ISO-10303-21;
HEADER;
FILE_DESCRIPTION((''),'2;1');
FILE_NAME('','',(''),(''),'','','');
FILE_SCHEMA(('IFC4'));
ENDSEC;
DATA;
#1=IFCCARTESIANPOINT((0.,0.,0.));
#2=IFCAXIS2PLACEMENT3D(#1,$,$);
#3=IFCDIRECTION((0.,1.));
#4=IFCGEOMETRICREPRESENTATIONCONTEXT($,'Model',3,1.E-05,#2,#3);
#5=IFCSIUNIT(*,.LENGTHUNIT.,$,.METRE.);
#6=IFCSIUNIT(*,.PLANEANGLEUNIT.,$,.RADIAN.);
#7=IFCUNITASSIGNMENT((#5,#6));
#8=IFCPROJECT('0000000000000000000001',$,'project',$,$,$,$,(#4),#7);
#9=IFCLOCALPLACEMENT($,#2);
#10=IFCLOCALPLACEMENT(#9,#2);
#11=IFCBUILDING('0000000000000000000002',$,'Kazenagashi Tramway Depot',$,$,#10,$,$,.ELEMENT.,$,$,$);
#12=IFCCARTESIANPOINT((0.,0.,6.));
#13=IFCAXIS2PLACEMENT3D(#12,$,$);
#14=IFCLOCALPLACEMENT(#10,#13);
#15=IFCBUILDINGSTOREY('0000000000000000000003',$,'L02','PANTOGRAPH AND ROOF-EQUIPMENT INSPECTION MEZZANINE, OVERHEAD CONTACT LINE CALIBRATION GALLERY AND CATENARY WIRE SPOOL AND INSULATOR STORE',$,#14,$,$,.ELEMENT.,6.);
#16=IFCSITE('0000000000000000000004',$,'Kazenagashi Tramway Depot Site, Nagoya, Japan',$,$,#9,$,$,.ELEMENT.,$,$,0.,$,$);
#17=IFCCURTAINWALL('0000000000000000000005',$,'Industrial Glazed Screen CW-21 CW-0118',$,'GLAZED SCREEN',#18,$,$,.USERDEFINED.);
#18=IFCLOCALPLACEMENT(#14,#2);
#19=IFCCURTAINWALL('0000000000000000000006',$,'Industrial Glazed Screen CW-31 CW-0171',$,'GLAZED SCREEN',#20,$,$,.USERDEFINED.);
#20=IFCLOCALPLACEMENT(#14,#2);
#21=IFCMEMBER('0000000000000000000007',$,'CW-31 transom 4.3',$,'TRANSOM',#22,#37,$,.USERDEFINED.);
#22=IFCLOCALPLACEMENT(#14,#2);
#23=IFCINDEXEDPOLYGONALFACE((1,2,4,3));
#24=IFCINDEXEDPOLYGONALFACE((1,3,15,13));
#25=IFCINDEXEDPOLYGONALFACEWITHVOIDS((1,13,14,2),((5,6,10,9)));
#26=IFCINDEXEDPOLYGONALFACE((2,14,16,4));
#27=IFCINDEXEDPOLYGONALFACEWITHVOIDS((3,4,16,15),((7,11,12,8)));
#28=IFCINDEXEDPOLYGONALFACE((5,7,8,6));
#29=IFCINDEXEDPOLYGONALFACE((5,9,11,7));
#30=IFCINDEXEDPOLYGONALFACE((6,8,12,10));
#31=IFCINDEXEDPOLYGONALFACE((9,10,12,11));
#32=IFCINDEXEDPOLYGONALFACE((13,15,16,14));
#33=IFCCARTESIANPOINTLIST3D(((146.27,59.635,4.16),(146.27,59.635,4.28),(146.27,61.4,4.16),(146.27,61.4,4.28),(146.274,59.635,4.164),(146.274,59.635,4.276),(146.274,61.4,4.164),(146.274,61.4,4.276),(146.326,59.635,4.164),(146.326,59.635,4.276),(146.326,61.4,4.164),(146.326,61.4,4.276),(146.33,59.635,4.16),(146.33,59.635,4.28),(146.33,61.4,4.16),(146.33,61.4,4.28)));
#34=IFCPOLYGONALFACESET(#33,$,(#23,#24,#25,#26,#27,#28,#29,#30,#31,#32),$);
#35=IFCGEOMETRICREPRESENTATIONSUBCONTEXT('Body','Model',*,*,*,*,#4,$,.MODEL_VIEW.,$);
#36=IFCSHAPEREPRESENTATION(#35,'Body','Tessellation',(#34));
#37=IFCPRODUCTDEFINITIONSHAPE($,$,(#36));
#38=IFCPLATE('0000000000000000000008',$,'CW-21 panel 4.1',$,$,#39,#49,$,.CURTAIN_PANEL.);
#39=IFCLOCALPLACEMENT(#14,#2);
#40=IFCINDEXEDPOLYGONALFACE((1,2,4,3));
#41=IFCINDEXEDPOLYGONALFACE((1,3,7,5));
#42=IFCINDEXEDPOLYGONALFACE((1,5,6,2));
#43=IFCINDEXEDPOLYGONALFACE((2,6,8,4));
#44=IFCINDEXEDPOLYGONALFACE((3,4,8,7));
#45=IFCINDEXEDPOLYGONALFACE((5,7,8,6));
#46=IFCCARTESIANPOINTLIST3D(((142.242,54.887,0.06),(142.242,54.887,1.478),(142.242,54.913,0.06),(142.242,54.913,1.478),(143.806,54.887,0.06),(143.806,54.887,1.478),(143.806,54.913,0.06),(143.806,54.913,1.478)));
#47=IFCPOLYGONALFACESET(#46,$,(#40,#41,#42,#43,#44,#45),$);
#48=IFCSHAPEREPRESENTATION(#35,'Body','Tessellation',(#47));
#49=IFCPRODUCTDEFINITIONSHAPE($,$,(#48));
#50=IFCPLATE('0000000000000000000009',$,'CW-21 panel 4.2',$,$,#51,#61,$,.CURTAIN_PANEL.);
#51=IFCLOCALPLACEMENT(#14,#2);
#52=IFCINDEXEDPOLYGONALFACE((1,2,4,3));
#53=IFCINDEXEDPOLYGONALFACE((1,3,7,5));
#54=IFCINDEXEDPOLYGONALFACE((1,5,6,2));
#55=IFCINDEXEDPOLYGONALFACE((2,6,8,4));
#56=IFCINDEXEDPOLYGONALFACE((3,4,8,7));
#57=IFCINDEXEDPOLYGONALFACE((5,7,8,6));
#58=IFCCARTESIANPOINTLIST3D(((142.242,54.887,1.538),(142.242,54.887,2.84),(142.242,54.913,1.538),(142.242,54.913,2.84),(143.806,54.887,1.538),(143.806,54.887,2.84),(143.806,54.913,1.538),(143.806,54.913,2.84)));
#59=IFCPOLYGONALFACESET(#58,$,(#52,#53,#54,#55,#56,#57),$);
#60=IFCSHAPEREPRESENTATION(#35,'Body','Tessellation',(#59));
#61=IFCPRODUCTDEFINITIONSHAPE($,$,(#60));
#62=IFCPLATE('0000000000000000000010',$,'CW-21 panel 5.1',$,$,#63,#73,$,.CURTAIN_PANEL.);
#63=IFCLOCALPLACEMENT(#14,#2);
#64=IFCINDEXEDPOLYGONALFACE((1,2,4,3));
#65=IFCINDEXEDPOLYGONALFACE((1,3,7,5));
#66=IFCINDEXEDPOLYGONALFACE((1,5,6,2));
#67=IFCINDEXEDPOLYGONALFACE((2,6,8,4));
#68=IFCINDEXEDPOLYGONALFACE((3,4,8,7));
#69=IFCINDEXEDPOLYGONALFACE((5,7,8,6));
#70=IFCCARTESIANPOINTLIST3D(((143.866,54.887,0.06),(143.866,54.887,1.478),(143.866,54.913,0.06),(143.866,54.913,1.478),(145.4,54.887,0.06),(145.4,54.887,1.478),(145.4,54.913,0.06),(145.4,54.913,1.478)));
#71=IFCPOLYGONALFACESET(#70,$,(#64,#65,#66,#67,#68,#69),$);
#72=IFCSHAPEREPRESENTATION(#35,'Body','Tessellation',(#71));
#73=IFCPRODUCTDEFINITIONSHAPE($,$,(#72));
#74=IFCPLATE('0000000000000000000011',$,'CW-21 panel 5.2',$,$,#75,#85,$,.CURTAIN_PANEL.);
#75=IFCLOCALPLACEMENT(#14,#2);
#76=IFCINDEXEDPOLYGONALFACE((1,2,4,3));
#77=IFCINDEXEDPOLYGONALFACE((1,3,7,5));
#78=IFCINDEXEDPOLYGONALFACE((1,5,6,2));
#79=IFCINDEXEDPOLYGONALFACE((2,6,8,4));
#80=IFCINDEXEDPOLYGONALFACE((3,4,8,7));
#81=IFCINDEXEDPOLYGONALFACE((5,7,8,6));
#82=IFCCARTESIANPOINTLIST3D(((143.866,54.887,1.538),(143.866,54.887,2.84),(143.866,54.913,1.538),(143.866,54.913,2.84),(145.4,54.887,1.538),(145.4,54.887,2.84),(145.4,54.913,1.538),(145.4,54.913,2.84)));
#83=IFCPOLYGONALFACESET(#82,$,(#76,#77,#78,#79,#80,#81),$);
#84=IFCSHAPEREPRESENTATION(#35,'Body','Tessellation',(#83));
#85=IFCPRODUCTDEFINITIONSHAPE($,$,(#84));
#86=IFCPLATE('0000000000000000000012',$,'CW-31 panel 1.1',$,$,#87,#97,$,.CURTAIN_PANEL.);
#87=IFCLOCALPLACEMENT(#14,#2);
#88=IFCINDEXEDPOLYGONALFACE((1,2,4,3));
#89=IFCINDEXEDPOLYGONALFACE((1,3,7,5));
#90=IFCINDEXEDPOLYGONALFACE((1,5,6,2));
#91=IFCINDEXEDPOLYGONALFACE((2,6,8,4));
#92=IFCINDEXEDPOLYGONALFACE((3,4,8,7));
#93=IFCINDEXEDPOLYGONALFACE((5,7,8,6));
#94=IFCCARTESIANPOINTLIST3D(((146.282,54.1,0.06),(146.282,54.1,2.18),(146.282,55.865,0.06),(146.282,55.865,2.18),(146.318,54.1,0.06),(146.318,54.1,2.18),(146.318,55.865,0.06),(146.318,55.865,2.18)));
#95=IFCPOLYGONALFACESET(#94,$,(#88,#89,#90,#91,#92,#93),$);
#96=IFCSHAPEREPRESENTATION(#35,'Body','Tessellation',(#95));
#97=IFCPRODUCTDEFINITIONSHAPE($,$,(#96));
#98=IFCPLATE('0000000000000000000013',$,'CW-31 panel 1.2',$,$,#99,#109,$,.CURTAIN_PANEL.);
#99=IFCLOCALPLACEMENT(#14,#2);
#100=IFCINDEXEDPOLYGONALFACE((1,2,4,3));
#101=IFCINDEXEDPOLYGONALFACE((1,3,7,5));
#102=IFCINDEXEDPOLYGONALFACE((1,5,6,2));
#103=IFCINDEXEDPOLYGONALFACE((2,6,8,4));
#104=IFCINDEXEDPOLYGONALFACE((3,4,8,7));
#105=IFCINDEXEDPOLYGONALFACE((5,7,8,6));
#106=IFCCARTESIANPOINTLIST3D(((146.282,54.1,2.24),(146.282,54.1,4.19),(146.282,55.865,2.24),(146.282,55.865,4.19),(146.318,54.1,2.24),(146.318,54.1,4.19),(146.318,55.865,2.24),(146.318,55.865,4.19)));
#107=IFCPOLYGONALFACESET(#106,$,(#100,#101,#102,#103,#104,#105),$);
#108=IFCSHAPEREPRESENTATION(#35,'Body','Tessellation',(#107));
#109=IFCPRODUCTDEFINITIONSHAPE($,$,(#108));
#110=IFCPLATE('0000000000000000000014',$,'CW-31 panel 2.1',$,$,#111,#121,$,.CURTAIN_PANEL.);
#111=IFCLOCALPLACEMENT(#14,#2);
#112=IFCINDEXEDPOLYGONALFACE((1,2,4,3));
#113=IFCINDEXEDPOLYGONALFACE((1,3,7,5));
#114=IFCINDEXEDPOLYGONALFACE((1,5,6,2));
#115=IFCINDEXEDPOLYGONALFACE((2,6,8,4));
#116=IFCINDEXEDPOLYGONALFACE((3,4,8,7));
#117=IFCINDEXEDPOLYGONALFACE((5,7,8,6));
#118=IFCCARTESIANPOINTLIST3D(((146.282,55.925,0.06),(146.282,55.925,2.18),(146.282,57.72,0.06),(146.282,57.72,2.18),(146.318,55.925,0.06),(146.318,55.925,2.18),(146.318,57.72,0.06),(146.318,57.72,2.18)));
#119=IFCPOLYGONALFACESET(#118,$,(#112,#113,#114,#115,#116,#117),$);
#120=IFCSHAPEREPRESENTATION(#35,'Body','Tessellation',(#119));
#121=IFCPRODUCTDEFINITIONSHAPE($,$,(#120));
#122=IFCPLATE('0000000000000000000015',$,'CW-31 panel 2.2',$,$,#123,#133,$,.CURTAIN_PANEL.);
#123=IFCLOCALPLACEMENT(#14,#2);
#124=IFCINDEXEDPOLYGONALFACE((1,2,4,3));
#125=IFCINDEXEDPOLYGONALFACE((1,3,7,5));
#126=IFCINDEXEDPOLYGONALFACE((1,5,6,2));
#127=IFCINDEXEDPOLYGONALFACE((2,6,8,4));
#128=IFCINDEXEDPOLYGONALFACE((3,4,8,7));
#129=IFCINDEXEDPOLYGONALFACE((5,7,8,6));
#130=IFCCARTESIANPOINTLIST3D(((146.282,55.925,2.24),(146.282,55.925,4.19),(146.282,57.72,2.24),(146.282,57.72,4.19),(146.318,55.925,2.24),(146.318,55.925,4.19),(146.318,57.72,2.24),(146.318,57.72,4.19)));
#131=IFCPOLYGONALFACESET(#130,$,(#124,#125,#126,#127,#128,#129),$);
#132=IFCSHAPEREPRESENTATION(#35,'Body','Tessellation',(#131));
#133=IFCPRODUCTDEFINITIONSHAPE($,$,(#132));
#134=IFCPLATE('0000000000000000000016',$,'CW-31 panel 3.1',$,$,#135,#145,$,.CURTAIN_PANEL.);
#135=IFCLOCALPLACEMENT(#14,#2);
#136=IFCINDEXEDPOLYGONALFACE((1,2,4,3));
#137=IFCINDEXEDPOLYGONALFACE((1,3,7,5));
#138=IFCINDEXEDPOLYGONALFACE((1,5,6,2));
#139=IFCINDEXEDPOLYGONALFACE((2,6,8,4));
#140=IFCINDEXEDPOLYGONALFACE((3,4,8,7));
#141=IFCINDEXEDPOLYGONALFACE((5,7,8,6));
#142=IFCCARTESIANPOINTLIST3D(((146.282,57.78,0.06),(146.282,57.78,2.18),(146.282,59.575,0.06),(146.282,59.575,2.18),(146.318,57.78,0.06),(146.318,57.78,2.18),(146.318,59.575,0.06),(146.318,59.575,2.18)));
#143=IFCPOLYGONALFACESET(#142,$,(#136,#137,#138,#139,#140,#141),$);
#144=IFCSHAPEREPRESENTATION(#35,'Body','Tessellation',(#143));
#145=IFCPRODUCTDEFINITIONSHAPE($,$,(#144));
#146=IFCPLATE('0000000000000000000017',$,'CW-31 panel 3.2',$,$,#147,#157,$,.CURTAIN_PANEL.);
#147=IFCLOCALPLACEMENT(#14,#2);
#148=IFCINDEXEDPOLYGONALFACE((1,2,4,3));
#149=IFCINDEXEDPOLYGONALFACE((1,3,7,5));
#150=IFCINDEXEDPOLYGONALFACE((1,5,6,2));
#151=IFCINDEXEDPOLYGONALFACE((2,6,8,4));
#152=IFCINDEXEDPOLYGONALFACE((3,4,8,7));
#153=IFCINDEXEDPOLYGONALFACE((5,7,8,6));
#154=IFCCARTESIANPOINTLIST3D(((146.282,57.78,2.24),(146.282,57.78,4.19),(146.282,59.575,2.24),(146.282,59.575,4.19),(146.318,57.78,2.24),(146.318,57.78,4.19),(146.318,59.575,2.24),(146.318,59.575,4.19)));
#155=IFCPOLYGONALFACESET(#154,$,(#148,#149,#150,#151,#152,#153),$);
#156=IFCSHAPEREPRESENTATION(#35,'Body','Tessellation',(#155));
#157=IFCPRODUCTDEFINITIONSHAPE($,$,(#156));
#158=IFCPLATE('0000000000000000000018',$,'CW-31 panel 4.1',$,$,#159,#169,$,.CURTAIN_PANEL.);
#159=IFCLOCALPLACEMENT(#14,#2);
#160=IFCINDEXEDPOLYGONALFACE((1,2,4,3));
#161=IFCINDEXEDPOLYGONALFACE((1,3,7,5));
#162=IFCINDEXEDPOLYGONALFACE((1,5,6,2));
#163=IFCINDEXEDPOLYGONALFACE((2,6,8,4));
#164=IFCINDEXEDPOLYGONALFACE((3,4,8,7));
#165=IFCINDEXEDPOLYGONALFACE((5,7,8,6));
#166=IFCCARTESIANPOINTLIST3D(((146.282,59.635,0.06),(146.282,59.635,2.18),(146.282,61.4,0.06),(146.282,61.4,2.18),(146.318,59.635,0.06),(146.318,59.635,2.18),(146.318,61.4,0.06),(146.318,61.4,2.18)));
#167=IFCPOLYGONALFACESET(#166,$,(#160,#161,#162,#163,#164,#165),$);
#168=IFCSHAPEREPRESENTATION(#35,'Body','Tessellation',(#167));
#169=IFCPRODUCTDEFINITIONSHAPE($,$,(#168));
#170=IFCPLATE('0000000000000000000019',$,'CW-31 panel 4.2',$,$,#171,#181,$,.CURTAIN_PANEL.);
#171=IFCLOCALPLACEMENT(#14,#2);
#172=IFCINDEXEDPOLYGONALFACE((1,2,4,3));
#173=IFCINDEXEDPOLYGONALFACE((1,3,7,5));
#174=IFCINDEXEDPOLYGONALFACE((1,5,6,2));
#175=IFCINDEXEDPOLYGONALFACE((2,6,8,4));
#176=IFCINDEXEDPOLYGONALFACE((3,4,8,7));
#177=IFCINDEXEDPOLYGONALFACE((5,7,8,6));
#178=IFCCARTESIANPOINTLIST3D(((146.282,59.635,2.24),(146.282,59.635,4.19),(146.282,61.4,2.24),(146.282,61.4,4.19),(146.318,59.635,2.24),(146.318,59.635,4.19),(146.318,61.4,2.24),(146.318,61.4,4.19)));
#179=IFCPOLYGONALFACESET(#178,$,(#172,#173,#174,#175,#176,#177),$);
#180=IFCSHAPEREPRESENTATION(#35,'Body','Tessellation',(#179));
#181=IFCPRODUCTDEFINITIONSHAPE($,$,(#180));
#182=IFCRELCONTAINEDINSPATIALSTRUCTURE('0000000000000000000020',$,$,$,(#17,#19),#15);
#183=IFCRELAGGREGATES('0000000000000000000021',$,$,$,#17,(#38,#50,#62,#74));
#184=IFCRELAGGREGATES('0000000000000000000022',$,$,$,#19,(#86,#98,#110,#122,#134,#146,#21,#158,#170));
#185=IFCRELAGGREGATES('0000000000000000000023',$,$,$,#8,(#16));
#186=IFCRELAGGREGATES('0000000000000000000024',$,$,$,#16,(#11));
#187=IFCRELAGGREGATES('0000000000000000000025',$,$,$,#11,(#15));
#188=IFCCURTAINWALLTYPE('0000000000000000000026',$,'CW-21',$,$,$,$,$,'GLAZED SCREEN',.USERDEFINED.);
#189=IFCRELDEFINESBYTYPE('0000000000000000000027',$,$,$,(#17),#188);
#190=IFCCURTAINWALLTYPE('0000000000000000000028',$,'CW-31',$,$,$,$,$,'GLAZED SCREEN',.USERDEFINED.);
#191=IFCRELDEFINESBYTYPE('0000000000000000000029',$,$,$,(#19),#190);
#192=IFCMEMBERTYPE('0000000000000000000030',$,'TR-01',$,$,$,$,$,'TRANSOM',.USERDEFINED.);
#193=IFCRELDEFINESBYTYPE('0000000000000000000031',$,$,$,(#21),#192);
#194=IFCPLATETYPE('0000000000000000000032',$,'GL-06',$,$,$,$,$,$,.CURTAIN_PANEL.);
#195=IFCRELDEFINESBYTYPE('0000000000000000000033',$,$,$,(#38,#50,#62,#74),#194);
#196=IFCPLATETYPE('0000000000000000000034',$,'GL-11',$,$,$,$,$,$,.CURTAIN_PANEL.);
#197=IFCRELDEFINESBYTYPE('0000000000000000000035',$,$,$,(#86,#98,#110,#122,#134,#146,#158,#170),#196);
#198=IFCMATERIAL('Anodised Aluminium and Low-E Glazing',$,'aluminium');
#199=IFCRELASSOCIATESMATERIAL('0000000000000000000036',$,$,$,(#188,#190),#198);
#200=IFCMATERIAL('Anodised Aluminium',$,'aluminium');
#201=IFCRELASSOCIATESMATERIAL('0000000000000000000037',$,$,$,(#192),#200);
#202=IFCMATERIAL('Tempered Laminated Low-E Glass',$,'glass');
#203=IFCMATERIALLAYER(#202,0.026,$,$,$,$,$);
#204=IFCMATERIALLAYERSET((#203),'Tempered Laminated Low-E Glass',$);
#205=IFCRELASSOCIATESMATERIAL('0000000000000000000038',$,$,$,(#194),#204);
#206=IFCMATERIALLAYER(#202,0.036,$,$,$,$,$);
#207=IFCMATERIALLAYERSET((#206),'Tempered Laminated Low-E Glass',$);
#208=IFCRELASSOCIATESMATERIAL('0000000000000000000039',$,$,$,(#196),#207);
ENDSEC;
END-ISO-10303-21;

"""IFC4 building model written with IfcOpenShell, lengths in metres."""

from ifc_helpers import new_model, si_unit, direction, frame, origin, origin_2d, place, context, subcontext, project, spatial, rectangle, hollow_rectangle, extrude, material, layer, layer_set, material_profile, profile_set, type_object, element, aggregate, save


model = new_model("IFC4")

# Units and contexts
model_context = context("Model", 3, precision=1e-05, world=origin(), true_north=direction((0.0, 1.0)))
body_context = subcontext(model_context, "Body", "Model", "MODEL_VIEW")
ifc_project = project(units=[si_unit("LENGTHUNIT", "METRE"), si_unit("PLANEANGLEUNIT", "RADIAN")], contexts=[model_context])

# Site, building, storey
site_placement = place(None, origin())
site = spatial("IfcSite", under=ifc_project, at=site_placement, Name="Kazenagashi Tramway Depot Site, Nagoya, Japan", CompositionType="ELEMENT", RefElevation=0.0)
building_placement = place(site_placement, origin())
building = spatial("IfcBuilding", under=site, at=building_placement, Name="Kazenagashi Tramway Depot", CompositionType="ELEMENT")
storey_placement = place(building_placement, frame((0.0, 0.0, 6.0)))
storey = spatial("IfcBuildingStorey", under=building, at=storey_placement, Name="L02", Description="PANTOGRAPH AND ROOF-EQUIPMENT INSPECTION MEZZANINE, OVERHEAD CONTACT LINE CALIBRATION GALLERY AND CATENARY WIRE SPOOL AND INSULATOR STORE", CompositionType="ELEMENT", Elevation=6.0)

# Curtain walls
ifc_material_1 = material(Name="Anodised Aluminium and Low-E Glazing", Category="aluminium")
curtain_wall_type_1 = type_object("IfcCurtainWallType", Name="CW-21", ElementType="GLAZED SCREEN", PredefinedType="USERDEFINED", material=ifc_material_1)
curtain_wall_1_placement = place(storey_placement, origin())
curtain_wall_1 = element("IfcCurtainWall", 1, at=curtain_wall_1_placement, inside=storey, type_object=curtain_wall_type_1, Name="Industrial Glazed Screen CW-21 CW-0118", ObjectType="GLAZED SCREEN", PredefinedType="USERDEFINED")
ifc_material_2 = material(Name="Anodised Aluminium", Category="aluminium")
curtain_wall_type_2 = type_object("IfcCurtainWallType", Name="CW-31", ElementType="GLAZED SCREEN", PredefinedType="USERDEFINED", material=ifc_material_1)
curtain_wall_2_placement = place(storey_placement, origin())
curtain_wall_2 = element("IfcCurtainWall", 2, at=curtain_wall_2_placement, inside=storey, type_object=curtain_wall_type_2, Name="Industrial Glazed Screen CW-31 CW-0171", ObjectType="GLAZED SCREEN", PredefinedType="USERDEFINED")

# Member
ifc_material_profile_1 = material_profile(ifc_material_2, hollow_rectangle(XDim=0.06, YDim=0.12, WallThickness=0.004, at=origin_2d()), Name="RHS-120x60x4")
ifc_profile_set_1 = profile_set([ifc_material_profile_1], Name="Anodised Aluminium")
member_type_1 = type_object("IfcMemberType", Name="TR-01", ElementType="TRANSOM", PredefinedType="USERDEFINED", material=ifc_profile_set_1)
member_1_placement = place(storey_placement, frame((146.3, 59.635, 4.22), z_axis=(0.0, 1.0, 0.0), x_axis=(-1.0, 0.0, 0.0)))
member_1 = element("IfcMember", 3, at=member_1_placement, type_object=member_type_1, Name="CW-31 transom 4.3", ObjectType="TRANSOM", PredefinedType="USERDEFINED", context=body_context, shape_type="SweptSolid", body=[
    extrude(hollow_rectangle(XDim=0.06, YDim=0.12, WallThickness=0.004, at=origin_2d()), origin(), (0.0, 0.0, 1.0), 1.765),
])

# Plates
ifc_material_3 = material(Name="Tempered Laminated Low-E Glass", Category="glass")
ifc_layer_1 = layer(ifc_material_3, 0.026)
ifc_layer_set_1 = layer_set([ifc_layer_1], Name="Tempered Laminated Low-E Glass")
plate_type_1 = type_object("IfcPlateType", Name="GL-06", PredefinedType="CURTAIN_PANEL", material=ifc_layer_set_1)
plate_1_placement = place(storey_placement, frame((143.024, 54.9, 0.06), z_axis=(0.0, 0.0, 1.0), x_axis=(1.0, 0.0, 0.0)))
plate_1 = element("IfcPlate", 4, at=plate_1_placement, type_object=plate_type_1, Name="CW-21 panel 4.1", PredefinedType="CURTAIN_PANEL", context=body_context, shape_type="SweptSolid", body=[
    extrude(rectangle(XDim=1.564, YDim=0.026, at=origin_2d()), origin(), (0.0, 0.0, 1.0), 1.418),
])
plate_2_placement = place(storey_placement, frame((143.024, 54.9, 1.538), z_axis=(0.0, 0.0, 1.0), x_axis=(1.0, 0.0, 0.0)))
plate_2 = element("IfcPlate", 5, at=plate_2_placement, type_object=plate_type_1, Name="CW-21 panel 4.2", PredefinedType="CURTAIN_PANEL", context=body_context, shape_type="SweptSolid", body=[
    extrude(rectangle(XDim=1.564, YDim=0.026, at=origin_2d()), origin(), (0.0, 0.0, 1.0), 1.302),
])
plate_3_placement = place(storey_placement, frame((144.633, 54.9, 0.06), z_axis=(0.0, 0.0, 1.0), x_axis=(1.0, 0.0, 0.0)))
plate_3 = element("IfcPlate", 6, at=plate_3_placement, type_object=plate_type_1, Name="CW-21 panel 5.1", PredefinedType="CURTAIN_PANEL", context=body_context, shape_type="SweptSolid", body=[
    extrude(rectangle(XDim=1.534, YDim=0.026, at=origin_2d()), origin(), (0.0, 0.0, 1.0), 1.418),
])
plate_4_placement = place(storey_placement, frame((144.633, 54.9, 1.538), z_axis=(0.0, 0.0, 1.0), x_axis=(1.0, 0.0, 0.0)))
plate_4 = element("IfcPlate", 7, at=plate_4_placement, type_object=plate_type_1, Name="CW-21 panel 5.2", PredefinedType="CURTAIN_PANEL", context=body_context, shape_type="SweptSolid", body=[
    extrude(rectangle(XDim=1.534, YDim=0.026, at=origin_2d()), origin(), (0.0, 0.0, 1.0), 1.302),
])
aggregate(curtain_wall_1, [plate_1, plate_2, plate_3, plate_4])
ifc_layer_2 = layer(ifc_material_3, 0.036)
ifc_layer_set_2 = layer_set([ifc_layer_2], Name="Tempered Laminated Low-E Glass")
plate_type_2 = type_object("IfcPlateType", Name="GL-11", PredefinedType="CURTAIN_PANEL", material=ifc_layer_set_2)
plate_5_placement = place(storey_placement, frame((146.3, 54.9825, 0.06), z_axis=(0.0, 0.0, 1.0), x_axis=(0.0, 1.0, 0.0)))
plate_5 = element("IfcPlate", 8, at=plate_5_placement, type_object=plate_type_2, Name="CW-31 panel 1.1", PredefinedType="CURTAIN_PANEL", context=body_context, shape_type="SweptSolid", body=[
    extrude(rectangle(XDim=1.765, YDim=0.036, at=origin_2d()), origin(), (0.0, 0.0, 1.0), 2.12),
])
plate_6_placement = place(storey_placement, frame((146.3, 54.9825, 2.24), z_axis=(0.0, 0.0, 1.0), x_axis=(0.0, 1.0, 0.0)))
plate_6 = element("IfcPlate", 9, at=plate_6_placement, type_object=plate_type_2, Name="CW-31 panel 1.2", PredefinedType="CURTAIN_PANEL", context=body_context, shape_type="SweptSolid", body=[
    extrude(rectangle(XDim=1.765, YDim=0.036, at=origin_2d()), origin(), (0.0, 0.0, 1.0), 1.95),
])
plate_7_placement = place(storey_placement, frame((146.3, 56.8225, 0.06), z_axis=(0.0, 0.0, 1.0), x_axis=(0.0, 1.0, 0.0)))
plate_7 = element("IfcPlate", 10, at=plate_7_placement, type_object=plate_type_2, Name="CW-31 panel 2.1", PredefinedType="CURTAIN_PANEL", context=body_context, shape_type="SweptSolid", body=[
    extrude(rectangle(XDim=1.795, YDim=0.036, at=origin_2d()), origin(), (0.0, 0.0, 1.0), 2.12),
])
plate_8_placement = place(storey_placement, frame((146.3, 56.8225, 2.24), z_axis=(0.0, 0.0, 1.0), x_axis=(0.0, 1.0, 0.0)))
plate_8 = element("IfcPlate", 11, at=plate_8_placement, type_object=plate_type_2, Name="CW-31 panel 2.2", PredefinedType="CURTAIN_PANEL", context=body_context, shape_type="SweptSolid", body=[
    extrude(rectangle(XDim=1.795, YDim=0.036, at=origin_2d()), origin(), (0.0, 0.0, 1.0), 1.95),
])
plate_9_placement = place(storey_placement, frame((146.3, 58.6775, 0.06), z_axis=(0.0, 0.0, 1.0), x_axis=(0.0, 1.0, 0.0)))
plate_9 = element("IfcPlate", 12, at=plate_9_placement, type_object=plate_type_2, Name="CW-31 panel 3.1", PredefinedType="CURTAIN_PANEL", context=body_context, shape_type="SweptSolid", body=[
    extrude(rectangle(XDim=1.795, YDim=0.036, at=origin_2d()), origin(), (0.0, 0.0, 1.0), 2.12),
])
plate_10_placement = place(storey_placement, frame((146.3, 58.6775, 2.24), z_axis=(0.0, 0.0, 1.0), x_axis=(0.0, 1.0, 0.0)))
plate_10 = element("IfcPlate", 13, at=plate_10_placement, type_object=plate_type_2, Name="CW-31 panel 3.2", PredefinedType="CURTAIN_PANEL", context=body_context, shape_type="SweptSolid", body=[
    extrude(rectangle(XDim=1.795, YDim=0.036, at=origin_2d()), origin(), (0.0, 0.0, 1.0), 1.95),
])
plate_11_placement = place(storey_placement, frame((146.3, 60.5175, 0.06), z_axis=(0.0, 0.0, 1.0), x_axis=(0.0, 1.0, 0.0)))
plate_11 = element("IfcPlate", 14, at=plate_11_placement, type_object=plate_type_2, Name="CW-31 panel 4.1", PredefinedType="CURTAIN_PANEL", context=body_context, shape_type="SweptSolid", body=[
    extrude(rectangle(XDim=1.765, YDim=0.036, at=origin_2d()), origin(), (0.0, 0.0, 1.0), 2.12),
])
plate_12_placement = place(storey_placement, frame((146.3, 60.5175, 2.24), z_axis=(0.0, 0.0, 1.0), x_axis=(0.0, 1.0, 0.0)))
plate_12 = element("IfcPlate", 15, at=plate_12_placement, type_object=plate_type_2, Name="CW-31 panel 4.2", PredefinedType="CURTAIN_PANEL", context=body_context, shape_type="SweptSolid", body=[
    extrude(rectangle(XDim=1.765, YDim=0.036, at=origin_2d()), origin(), (0.0, 0.0, 1.0), 1.95),
])
aggregate(curtain_wall_2, [plate_5, plate_6, plate_7, plate_8, plate_9, plate_10, member_1, plate_11, plate_12])

save(model, "model.ifc")
